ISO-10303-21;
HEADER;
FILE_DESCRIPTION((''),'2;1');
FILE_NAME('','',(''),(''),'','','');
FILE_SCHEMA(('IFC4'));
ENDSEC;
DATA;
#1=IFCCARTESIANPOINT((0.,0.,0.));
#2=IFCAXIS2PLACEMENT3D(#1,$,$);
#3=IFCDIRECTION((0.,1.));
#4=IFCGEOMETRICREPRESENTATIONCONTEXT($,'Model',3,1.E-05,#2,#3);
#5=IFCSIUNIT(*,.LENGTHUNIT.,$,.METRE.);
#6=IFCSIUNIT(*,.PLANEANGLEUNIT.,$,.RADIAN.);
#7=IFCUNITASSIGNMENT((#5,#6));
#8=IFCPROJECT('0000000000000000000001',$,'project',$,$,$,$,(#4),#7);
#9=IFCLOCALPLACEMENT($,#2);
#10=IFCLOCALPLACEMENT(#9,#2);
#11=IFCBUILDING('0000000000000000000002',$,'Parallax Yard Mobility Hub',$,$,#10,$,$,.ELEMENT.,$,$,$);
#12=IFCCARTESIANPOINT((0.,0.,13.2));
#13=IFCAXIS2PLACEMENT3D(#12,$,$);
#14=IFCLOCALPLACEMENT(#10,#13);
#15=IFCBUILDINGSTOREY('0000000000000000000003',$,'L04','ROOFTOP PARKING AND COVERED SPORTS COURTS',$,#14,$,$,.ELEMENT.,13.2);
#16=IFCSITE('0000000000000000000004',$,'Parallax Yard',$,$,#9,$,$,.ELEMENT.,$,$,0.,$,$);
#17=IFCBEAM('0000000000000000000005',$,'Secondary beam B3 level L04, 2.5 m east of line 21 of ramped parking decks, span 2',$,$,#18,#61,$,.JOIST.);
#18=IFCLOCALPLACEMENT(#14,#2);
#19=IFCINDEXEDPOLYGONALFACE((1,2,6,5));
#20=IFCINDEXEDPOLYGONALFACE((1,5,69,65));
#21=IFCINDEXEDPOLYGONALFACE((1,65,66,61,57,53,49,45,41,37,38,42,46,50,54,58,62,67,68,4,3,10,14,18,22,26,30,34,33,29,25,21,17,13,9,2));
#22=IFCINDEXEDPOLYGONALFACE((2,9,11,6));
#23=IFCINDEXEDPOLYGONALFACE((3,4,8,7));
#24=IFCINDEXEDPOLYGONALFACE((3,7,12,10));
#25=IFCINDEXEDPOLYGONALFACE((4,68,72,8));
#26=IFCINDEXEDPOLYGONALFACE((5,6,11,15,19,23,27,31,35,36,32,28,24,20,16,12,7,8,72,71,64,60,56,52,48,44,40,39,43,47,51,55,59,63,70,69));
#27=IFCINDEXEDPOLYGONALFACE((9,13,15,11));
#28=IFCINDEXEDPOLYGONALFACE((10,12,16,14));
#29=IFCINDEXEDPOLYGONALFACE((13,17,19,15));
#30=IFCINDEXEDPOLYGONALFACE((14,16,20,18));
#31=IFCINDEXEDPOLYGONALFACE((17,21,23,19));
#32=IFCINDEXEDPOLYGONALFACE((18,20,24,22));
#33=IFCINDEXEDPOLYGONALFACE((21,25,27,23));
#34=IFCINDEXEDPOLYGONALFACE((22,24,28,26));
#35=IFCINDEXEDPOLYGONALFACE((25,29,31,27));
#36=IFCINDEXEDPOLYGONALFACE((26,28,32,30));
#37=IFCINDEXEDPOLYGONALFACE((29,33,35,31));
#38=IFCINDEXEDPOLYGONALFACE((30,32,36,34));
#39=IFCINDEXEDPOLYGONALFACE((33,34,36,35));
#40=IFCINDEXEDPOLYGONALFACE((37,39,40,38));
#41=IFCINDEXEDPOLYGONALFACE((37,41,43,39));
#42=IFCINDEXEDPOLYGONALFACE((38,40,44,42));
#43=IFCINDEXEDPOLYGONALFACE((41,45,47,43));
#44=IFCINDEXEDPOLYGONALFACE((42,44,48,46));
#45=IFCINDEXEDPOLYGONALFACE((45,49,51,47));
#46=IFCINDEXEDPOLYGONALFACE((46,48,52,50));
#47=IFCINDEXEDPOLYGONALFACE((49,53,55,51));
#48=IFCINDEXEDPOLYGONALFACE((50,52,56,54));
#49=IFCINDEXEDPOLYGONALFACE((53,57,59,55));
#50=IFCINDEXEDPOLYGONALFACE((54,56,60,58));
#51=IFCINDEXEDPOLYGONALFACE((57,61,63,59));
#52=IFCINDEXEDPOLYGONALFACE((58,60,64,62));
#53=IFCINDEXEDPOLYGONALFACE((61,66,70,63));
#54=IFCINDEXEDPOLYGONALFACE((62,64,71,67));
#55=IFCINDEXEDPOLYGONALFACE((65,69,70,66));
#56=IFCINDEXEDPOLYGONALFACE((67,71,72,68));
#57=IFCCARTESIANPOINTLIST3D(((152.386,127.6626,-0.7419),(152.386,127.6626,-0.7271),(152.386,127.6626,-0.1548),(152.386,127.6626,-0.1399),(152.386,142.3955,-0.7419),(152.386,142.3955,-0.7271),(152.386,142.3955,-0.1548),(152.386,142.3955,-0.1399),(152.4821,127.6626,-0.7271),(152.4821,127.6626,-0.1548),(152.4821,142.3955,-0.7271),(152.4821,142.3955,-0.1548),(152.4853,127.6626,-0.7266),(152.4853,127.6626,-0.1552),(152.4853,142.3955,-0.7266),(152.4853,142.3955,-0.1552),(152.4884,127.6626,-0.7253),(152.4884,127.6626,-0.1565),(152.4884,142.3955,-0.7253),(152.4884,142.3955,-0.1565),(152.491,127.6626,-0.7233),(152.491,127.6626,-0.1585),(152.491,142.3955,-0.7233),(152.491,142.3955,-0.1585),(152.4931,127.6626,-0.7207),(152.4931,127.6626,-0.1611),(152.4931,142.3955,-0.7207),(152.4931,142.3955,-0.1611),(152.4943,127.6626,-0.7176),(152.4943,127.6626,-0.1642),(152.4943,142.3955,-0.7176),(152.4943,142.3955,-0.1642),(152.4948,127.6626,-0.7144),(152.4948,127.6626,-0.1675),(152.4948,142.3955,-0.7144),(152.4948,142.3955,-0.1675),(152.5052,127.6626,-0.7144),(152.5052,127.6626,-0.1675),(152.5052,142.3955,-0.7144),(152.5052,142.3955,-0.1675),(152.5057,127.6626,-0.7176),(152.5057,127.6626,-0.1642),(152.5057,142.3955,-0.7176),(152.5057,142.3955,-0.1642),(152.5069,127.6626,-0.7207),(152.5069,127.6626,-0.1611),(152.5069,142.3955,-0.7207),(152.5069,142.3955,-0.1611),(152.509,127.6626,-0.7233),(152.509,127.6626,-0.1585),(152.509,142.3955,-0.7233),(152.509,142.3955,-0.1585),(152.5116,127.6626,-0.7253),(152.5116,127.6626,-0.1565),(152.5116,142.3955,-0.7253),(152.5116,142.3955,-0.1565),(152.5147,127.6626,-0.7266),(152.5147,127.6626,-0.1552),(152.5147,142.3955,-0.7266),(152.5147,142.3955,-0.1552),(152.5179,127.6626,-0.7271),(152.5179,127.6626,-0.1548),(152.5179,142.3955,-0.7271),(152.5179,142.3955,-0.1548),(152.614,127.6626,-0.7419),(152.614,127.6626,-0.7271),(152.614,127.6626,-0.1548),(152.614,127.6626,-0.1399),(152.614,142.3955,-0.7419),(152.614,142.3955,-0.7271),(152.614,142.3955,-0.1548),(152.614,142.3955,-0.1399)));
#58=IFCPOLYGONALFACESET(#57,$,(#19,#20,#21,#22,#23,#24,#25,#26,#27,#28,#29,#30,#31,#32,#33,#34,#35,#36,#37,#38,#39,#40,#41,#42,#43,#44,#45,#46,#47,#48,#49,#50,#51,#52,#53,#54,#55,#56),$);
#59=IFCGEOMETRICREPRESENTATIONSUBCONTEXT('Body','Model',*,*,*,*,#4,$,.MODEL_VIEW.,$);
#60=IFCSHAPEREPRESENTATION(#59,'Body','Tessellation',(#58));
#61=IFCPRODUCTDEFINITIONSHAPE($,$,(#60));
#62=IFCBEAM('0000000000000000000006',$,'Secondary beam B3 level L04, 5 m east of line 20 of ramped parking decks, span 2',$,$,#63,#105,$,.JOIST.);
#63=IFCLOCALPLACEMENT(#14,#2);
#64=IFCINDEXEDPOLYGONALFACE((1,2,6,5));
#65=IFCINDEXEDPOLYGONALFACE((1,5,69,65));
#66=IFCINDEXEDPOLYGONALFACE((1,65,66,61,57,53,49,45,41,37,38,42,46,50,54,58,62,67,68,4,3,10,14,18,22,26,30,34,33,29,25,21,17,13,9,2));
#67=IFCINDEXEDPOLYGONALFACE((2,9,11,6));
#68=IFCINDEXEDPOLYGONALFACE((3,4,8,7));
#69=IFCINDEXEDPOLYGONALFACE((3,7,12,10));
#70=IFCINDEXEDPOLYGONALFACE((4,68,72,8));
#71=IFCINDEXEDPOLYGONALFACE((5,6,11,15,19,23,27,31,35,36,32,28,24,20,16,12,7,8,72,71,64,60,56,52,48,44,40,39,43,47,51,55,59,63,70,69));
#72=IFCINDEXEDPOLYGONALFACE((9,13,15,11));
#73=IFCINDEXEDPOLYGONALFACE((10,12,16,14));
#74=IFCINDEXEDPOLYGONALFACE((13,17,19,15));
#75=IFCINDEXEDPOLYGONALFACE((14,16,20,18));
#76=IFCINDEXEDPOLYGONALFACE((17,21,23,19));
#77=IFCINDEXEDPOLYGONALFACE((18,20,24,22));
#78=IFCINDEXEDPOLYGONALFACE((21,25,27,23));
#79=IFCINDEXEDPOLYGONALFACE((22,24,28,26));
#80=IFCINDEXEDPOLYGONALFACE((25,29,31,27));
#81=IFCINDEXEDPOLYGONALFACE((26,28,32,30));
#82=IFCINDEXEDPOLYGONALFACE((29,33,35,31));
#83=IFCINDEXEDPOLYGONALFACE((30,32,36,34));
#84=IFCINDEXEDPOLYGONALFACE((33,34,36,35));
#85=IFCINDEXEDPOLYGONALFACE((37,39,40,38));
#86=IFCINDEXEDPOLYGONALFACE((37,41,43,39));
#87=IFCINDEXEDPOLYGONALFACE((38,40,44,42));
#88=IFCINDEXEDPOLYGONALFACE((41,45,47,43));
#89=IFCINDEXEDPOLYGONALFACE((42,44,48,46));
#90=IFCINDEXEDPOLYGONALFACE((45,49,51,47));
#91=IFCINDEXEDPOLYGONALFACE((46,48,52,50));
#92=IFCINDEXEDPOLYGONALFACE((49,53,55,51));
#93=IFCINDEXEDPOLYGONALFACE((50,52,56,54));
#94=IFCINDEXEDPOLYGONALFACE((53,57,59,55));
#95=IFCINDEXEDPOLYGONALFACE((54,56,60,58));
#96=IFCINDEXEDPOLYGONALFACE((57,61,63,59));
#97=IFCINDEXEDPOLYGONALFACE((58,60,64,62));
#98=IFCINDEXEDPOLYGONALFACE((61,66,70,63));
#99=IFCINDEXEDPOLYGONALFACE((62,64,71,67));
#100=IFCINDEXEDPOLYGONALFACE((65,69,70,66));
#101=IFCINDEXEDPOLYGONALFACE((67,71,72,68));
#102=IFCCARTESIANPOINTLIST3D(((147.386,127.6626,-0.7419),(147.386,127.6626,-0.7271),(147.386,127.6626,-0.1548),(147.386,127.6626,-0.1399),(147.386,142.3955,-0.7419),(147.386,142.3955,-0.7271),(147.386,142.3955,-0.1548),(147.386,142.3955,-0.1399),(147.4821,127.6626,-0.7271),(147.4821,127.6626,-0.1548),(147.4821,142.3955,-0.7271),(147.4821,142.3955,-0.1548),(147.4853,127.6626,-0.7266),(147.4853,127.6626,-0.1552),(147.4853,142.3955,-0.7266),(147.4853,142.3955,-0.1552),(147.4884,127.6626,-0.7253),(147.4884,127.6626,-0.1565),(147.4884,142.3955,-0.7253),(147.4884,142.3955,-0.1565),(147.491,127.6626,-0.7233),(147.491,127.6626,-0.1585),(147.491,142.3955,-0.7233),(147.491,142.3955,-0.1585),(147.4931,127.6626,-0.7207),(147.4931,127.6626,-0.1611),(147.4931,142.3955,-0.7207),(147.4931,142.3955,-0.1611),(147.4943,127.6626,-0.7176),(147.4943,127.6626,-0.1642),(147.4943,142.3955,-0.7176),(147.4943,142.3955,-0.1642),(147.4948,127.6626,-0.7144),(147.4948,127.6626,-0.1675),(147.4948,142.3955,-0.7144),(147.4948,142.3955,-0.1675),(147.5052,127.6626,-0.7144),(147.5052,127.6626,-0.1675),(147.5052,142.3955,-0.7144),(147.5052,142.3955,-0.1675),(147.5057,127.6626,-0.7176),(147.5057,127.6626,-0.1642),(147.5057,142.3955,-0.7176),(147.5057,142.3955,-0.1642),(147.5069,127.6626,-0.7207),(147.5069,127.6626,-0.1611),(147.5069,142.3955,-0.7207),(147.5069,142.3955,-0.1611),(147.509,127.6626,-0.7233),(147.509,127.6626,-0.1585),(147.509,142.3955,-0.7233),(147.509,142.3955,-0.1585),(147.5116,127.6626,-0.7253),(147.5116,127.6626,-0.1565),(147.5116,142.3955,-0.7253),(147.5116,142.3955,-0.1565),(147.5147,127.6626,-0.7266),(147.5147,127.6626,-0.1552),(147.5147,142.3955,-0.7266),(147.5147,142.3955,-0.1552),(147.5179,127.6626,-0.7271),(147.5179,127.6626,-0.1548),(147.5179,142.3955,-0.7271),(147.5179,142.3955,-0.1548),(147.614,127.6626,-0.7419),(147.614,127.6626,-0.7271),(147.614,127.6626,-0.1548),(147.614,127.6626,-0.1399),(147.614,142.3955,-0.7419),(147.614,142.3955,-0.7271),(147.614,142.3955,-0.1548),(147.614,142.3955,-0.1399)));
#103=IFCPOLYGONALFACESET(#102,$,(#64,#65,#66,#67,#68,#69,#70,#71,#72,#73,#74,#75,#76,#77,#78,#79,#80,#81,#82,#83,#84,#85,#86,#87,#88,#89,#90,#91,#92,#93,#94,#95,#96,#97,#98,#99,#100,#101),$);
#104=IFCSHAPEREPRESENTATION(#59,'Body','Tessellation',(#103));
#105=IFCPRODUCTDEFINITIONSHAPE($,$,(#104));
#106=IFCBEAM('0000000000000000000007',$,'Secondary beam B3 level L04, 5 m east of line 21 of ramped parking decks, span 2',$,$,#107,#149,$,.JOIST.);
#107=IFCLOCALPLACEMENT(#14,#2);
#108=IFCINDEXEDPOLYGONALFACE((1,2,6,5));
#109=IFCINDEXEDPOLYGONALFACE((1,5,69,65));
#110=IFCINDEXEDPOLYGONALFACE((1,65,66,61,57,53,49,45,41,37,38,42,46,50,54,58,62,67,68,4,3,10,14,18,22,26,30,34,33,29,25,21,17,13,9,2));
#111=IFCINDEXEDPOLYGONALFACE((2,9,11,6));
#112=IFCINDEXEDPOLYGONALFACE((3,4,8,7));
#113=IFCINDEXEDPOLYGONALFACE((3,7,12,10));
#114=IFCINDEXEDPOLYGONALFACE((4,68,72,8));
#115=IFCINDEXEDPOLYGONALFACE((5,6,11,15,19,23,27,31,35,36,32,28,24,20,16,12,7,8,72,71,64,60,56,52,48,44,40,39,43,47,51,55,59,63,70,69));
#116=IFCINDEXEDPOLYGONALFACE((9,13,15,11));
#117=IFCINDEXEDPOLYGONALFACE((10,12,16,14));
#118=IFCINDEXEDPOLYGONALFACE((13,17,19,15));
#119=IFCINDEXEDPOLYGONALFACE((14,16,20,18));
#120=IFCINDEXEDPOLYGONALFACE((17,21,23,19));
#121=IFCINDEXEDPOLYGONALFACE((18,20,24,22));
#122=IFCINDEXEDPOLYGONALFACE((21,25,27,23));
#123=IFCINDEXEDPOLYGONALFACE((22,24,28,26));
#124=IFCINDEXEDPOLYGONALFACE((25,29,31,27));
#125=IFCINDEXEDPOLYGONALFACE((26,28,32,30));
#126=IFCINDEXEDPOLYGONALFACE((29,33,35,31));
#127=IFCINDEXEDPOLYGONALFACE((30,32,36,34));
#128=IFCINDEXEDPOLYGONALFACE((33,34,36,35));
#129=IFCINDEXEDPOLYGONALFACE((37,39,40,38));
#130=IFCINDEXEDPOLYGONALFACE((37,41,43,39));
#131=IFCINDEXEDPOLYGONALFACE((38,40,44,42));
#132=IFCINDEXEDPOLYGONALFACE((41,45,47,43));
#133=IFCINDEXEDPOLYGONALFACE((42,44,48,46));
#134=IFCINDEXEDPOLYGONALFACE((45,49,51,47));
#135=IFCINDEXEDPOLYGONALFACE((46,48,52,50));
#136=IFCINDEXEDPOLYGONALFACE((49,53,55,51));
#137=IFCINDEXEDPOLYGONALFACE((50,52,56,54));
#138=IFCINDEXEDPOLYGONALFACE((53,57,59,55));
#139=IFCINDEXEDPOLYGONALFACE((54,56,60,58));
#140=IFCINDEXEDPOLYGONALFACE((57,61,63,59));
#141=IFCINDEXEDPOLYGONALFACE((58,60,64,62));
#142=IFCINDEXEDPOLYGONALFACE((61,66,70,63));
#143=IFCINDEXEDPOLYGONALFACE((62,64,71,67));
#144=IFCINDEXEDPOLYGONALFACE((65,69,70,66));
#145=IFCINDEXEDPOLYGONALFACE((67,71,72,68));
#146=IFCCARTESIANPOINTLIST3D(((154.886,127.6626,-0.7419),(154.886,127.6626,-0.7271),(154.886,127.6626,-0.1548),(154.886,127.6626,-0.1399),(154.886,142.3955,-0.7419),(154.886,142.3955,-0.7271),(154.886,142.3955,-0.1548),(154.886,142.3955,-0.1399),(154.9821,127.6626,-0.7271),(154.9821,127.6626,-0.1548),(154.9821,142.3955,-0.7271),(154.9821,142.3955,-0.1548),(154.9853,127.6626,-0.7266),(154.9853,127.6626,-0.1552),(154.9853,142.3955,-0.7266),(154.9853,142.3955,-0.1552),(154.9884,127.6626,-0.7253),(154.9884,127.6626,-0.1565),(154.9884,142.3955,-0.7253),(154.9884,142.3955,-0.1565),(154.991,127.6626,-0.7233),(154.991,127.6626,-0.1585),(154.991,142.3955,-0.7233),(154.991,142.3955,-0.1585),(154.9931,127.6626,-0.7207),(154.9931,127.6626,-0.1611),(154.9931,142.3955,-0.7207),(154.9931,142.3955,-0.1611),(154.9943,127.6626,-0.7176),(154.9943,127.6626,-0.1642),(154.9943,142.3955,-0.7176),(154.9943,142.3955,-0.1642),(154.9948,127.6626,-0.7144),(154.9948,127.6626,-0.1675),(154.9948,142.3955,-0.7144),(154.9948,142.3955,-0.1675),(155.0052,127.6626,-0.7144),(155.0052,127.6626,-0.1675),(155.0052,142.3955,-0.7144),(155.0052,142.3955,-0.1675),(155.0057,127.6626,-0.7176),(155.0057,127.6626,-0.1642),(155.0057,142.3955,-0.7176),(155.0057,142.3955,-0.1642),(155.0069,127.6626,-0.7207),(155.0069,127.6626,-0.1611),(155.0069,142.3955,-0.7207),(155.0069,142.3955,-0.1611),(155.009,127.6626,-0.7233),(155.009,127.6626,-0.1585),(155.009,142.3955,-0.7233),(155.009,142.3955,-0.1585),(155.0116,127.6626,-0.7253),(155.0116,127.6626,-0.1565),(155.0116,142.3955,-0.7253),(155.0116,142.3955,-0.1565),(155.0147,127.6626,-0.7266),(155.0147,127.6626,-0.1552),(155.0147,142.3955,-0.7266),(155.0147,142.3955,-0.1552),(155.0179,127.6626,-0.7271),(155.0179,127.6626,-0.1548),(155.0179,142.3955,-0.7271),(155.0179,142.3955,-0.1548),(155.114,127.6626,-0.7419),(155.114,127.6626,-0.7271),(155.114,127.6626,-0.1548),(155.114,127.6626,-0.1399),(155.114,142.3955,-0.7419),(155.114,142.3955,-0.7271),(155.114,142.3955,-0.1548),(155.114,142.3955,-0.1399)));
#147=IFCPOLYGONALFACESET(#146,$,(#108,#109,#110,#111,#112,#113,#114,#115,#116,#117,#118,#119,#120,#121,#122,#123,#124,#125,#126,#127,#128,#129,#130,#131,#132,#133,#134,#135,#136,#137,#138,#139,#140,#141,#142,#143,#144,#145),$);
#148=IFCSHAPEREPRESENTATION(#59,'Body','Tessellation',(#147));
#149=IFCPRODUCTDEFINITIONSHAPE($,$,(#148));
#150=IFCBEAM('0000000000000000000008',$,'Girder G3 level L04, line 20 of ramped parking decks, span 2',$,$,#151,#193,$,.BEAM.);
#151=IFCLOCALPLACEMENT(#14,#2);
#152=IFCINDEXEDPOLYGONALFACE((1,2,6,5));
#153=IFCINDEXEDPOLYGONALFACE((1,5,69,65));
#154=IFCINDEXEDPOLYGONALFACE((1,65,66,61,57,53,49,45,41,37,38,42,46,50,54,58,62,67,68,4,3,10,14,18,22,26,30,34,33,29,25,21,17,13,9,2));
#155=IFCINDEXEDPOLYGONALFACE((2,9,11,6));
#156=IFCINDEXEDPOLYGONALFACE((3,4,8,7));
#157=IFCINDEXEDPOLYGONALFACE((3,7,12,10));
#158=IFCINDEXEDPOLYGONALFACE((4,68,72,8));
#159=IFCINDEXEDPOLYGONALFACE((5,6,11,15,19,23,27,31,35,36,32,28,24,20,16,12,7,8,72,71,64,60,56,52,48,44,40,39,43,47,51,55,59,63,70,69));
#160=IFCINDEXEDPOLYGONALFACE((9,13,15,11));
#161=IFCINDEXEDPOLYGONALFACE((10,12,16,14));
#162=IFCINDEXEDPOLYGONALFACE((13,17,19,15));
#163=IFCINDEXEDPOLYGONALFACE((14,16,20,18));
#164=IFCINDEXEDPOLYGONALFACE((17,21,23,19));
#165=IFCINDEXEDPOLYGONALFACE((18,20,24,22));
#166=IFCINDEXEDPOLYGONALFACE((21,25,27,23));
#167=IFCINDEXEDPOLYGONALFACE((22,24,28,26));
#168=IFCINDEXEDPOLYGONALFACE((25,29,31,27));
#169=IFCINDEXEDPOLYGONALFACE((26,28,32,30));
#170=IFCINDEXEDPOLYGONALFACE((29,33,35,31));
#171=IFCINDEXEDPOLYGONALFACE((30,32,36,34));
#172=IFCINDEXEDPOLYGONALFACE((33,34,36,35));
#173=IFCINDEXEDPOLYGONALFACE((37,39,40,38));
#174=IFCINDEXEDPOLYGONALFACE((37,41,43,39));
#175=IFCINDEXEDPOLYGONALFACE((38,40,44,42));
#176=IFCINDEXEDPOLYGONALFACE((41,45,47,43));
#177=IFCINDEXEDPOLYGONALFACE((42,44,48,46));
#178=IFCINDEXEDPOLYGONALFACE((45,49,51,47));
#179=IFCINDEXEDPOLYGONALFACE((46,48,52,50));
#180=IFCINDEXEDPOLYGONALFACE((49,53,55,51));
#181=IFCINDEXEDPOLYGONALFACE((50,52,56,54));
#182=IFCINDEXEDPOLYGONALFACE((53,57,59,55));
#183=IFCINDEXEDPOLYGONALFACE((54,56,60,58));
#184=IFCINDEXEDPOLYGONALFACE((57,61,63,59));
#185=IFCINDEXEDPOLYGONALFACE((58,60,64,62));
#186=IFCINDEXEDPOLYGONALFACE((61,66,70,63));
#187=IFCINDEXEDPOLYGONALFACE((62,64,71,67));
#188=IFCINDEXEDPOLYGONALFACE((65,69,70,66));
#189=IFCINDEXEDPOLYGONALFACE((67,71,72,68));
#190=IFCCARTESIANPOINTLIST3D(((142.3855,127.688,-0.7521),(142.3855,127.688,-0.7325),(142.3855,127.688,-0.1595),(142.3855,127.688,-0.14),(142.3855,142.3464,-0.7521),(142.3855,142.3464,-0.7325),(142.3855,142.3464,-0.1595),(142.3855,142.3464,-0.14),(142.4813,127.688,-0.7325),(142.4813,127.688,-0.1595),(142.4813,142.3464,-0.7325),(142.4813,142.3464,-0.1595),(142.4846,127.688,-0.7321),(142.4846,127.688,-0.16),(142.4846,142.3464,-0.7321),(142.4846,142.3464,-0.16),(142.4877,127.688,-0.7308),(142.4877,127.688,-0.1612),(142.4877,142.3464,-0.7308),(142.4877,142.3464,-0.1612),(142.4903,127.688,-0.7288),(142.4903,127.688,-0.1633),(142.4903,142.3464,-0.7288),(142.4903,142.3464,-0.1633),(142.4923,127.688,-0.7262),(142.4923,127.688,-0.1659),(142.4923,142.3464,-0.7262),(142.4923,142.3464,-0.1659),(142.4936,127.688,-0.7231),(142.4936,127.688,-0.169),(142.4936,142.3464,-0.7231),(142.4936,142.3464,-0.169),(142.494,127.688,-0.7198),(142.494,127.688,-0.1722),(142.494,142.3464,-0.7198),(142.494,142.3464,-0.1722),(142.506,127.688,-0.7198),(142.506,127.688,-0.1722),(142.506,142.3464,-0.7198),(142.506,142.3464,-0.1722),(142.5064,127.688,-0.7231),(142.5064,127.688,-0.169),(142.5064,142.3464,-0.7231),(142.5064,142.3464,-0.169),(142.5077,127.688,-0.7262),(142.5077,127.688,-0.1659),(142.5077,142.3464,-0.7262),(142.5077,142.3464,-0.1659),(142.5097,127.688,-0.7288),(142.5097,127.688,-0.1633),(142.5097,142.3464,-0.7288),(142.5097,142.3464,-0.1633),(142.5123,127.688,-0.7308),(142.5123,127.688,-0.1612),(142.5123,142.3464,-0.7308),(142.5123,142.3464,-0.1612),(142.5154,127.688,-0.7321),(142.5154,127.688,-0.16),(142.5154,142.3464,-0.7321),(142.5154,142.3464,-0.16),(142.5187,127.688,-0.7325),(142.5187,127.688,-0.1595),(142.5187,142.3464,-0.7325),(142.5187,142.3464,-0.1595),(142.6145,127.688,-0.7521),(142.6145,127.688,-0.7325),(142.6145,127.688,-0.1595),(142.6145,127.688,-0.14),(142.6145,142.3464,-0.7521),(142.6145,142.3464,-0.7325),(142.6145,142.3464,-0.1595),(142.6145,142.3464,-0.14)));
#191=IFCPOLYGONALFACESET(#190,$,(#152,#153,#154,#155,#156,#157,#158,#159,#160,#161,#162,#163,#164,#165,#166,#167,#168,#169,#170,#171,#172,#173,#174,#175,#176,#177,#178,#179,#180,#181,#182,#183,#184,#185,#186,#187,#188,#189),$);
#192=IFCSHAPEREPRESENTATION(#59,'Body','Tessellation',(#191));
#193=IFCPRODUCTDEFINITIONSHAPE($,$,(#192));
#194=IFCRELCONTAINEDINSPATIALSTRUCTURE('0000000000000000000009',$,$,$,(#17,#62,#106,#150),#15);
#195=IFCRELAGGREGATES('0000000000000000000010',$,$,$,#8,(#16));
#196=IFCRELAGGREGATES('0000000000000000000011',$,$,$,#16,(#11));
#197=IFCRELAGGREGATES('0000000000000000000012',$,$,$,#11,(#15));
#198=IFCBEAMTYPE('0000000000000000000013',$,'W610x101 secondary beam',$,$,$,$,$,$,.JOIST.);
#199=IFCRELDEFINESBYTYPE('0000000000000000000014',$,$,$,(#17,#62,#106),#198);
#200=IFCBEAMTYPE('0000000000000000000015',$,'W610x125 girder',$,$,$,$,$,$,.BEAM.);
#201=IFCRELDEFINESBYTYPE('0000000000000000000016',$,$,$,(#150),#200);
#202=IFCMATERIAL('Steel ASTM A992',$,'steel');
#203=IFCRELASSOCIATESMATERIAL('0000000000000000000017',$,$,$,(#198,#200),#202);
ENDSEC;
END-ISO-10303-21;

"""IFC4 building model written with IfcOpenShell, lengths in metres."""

from ifc_helpers import new_model, si_unit, direction, frame, origin, origin_2d, place, context, subcontext, project, spatial, i_section, extrude, material, material_profile, profile_set, type_object, element, save


model = new_model("IFC4")

# Units and contexts
model_context = context("Model", 3, precision=1e-05, world=origin(), true_north=direction((0.0, 1.0)))
body_context = subcontext(model_context, "Body", "Model", "MODEL_VIEW")
ifc_project = project(units=[si_unit("LENGTHUNIT", "METRE"), si_unit("PLANEANGLEUNIT", "RADIAN")], contexts=[model_context])

# Site, building, storey
site_placement = place(None, origin())
site = spatial("IfcSite", under=ifc_project, at=site_placement, Name="Parallax Yard", CompositionType="ELEMENT", RefElevation=0.0)
building_placement = place(site_placement, origin())
building = spatial("IfcBuilding", under=site, at=building_placement, Name="Parallax Yard Mobility Hub", CompositionType="ELEMENT")
storey_placement = place(building_placement, frame((0.0, 0.0, 13.2)))
storey = spatial("IfcBuildingStorey", under=building, at=storey_placement, Name="L04", Description="ROOFTOP PARKING AND COVERED SPORTS COURTS", CompositionType="ELEMENT", Elevation=13.2)

# Shared definitions
ifc_material_1 = material(Name="Steel ASTM A992", Category="steel")

# Beams
ifc_material_profile_1 = material_profile(ifc_material_1, i_section(OverallWidth=0.228, OverallDepth=0.6021, WebThickness=0.0105, FlangeThickness=0.0149, FilletRadius=0.0127, at=origin_2d()), Name="W610x101")
ifc_profile_set_1 = profile_set([ifc_material_profile_1], Name="Steel ASTM A992")
beam_type_1 = type_object("IfcBeamType", Name="W610x101 secondary beam", PredefinedType="JOIST", material=ifc_profile_set_1)
for number, where, z_axis, x_axis, name in (
    (1, (152.5, 127.6626, -0.4409), (0.0, 1.0, 0.0), (-1.0, 0.0, 0.0), "Secondary beam B3 level L04, 2.5 m east of line 21 of ramped parking decks, span 2"),
    (2, (147.5, 127.6626, -0.4409), (0.0, 1.0, 0.0), (-1.0, 0.0, 0.0), "Secondary beam B3 level L04, 5 m east of line 20 of ramped parking decks, span 2"),
    (3, (155.0, 127.6626, -0.4409), (0.0, 1.0, 0.0), (-1.0, 0.0, 0.0), "Secondary beam B3 level L04, 5 m east of line 21 of ramped parking decks, span 2"),
):
    element("IfcBeam", number, at=place(storey_placement, frame(where, z_axis=z_axis, x_axis=x_axis)), inside=storey, type_object=beam_type_1, Name=name, PredefinedType="JOIST", context=body_context, shape_type="SweptSolid", body=[
        extrude(i_section(OverallWidth=0.228, OverallDepth=0.6021, WebThickness=0.0105, FlangeThickness=0.0149, FilletRadius=0.0127, at=origin_2d()), origin(), (0.0, 0.0, 1.0), 14.7329),
    ])
ifc_material_profile_2 = material_profile(ifc_material_1, i_section(OverallWidth=0.229, OverallDepth=0.6121, WebThickness=0.012, FlangeThickness=0.0195, FilletRadius=0.0127, at=origin_2d()), Name="W610x125")
ifc_profile_set_2 = profile_set([ifc_material_profile_2], Name="Steel ASTM A992")
beam_type_2 = type_object("IfcBeamType", Name="W610x125 girder", PredefinedType="BEAM", material=ifc_profile_set_2)
beam_1_placement = place(storey_placement, frame((142.5, 127.688, -0.446), z_axis=(0.0, 1.0, 0.0), x_axis=(-1.0, 0.0, 0.0)))
element("IfcBeam", 4, at=beam_1_placement, inside=storey, type_object=beam_type_2, Name="Girder G3 level L04, line 20 of ramped parking decks, span 2", PredefinedType="BEAM", context=body_context, shape_type="SweptSolid", body=[
    extrude(i_section(OverallWidth=0.229, OverallDepth=0.6121, WebThickness=0.012, FlangeThickness=0.0195, FilletRadius=0.0127, at=origin_2d()), origin(), (0.0, 0.0, 1.0), 14.6584),
])

save(model, "model.ifc")
